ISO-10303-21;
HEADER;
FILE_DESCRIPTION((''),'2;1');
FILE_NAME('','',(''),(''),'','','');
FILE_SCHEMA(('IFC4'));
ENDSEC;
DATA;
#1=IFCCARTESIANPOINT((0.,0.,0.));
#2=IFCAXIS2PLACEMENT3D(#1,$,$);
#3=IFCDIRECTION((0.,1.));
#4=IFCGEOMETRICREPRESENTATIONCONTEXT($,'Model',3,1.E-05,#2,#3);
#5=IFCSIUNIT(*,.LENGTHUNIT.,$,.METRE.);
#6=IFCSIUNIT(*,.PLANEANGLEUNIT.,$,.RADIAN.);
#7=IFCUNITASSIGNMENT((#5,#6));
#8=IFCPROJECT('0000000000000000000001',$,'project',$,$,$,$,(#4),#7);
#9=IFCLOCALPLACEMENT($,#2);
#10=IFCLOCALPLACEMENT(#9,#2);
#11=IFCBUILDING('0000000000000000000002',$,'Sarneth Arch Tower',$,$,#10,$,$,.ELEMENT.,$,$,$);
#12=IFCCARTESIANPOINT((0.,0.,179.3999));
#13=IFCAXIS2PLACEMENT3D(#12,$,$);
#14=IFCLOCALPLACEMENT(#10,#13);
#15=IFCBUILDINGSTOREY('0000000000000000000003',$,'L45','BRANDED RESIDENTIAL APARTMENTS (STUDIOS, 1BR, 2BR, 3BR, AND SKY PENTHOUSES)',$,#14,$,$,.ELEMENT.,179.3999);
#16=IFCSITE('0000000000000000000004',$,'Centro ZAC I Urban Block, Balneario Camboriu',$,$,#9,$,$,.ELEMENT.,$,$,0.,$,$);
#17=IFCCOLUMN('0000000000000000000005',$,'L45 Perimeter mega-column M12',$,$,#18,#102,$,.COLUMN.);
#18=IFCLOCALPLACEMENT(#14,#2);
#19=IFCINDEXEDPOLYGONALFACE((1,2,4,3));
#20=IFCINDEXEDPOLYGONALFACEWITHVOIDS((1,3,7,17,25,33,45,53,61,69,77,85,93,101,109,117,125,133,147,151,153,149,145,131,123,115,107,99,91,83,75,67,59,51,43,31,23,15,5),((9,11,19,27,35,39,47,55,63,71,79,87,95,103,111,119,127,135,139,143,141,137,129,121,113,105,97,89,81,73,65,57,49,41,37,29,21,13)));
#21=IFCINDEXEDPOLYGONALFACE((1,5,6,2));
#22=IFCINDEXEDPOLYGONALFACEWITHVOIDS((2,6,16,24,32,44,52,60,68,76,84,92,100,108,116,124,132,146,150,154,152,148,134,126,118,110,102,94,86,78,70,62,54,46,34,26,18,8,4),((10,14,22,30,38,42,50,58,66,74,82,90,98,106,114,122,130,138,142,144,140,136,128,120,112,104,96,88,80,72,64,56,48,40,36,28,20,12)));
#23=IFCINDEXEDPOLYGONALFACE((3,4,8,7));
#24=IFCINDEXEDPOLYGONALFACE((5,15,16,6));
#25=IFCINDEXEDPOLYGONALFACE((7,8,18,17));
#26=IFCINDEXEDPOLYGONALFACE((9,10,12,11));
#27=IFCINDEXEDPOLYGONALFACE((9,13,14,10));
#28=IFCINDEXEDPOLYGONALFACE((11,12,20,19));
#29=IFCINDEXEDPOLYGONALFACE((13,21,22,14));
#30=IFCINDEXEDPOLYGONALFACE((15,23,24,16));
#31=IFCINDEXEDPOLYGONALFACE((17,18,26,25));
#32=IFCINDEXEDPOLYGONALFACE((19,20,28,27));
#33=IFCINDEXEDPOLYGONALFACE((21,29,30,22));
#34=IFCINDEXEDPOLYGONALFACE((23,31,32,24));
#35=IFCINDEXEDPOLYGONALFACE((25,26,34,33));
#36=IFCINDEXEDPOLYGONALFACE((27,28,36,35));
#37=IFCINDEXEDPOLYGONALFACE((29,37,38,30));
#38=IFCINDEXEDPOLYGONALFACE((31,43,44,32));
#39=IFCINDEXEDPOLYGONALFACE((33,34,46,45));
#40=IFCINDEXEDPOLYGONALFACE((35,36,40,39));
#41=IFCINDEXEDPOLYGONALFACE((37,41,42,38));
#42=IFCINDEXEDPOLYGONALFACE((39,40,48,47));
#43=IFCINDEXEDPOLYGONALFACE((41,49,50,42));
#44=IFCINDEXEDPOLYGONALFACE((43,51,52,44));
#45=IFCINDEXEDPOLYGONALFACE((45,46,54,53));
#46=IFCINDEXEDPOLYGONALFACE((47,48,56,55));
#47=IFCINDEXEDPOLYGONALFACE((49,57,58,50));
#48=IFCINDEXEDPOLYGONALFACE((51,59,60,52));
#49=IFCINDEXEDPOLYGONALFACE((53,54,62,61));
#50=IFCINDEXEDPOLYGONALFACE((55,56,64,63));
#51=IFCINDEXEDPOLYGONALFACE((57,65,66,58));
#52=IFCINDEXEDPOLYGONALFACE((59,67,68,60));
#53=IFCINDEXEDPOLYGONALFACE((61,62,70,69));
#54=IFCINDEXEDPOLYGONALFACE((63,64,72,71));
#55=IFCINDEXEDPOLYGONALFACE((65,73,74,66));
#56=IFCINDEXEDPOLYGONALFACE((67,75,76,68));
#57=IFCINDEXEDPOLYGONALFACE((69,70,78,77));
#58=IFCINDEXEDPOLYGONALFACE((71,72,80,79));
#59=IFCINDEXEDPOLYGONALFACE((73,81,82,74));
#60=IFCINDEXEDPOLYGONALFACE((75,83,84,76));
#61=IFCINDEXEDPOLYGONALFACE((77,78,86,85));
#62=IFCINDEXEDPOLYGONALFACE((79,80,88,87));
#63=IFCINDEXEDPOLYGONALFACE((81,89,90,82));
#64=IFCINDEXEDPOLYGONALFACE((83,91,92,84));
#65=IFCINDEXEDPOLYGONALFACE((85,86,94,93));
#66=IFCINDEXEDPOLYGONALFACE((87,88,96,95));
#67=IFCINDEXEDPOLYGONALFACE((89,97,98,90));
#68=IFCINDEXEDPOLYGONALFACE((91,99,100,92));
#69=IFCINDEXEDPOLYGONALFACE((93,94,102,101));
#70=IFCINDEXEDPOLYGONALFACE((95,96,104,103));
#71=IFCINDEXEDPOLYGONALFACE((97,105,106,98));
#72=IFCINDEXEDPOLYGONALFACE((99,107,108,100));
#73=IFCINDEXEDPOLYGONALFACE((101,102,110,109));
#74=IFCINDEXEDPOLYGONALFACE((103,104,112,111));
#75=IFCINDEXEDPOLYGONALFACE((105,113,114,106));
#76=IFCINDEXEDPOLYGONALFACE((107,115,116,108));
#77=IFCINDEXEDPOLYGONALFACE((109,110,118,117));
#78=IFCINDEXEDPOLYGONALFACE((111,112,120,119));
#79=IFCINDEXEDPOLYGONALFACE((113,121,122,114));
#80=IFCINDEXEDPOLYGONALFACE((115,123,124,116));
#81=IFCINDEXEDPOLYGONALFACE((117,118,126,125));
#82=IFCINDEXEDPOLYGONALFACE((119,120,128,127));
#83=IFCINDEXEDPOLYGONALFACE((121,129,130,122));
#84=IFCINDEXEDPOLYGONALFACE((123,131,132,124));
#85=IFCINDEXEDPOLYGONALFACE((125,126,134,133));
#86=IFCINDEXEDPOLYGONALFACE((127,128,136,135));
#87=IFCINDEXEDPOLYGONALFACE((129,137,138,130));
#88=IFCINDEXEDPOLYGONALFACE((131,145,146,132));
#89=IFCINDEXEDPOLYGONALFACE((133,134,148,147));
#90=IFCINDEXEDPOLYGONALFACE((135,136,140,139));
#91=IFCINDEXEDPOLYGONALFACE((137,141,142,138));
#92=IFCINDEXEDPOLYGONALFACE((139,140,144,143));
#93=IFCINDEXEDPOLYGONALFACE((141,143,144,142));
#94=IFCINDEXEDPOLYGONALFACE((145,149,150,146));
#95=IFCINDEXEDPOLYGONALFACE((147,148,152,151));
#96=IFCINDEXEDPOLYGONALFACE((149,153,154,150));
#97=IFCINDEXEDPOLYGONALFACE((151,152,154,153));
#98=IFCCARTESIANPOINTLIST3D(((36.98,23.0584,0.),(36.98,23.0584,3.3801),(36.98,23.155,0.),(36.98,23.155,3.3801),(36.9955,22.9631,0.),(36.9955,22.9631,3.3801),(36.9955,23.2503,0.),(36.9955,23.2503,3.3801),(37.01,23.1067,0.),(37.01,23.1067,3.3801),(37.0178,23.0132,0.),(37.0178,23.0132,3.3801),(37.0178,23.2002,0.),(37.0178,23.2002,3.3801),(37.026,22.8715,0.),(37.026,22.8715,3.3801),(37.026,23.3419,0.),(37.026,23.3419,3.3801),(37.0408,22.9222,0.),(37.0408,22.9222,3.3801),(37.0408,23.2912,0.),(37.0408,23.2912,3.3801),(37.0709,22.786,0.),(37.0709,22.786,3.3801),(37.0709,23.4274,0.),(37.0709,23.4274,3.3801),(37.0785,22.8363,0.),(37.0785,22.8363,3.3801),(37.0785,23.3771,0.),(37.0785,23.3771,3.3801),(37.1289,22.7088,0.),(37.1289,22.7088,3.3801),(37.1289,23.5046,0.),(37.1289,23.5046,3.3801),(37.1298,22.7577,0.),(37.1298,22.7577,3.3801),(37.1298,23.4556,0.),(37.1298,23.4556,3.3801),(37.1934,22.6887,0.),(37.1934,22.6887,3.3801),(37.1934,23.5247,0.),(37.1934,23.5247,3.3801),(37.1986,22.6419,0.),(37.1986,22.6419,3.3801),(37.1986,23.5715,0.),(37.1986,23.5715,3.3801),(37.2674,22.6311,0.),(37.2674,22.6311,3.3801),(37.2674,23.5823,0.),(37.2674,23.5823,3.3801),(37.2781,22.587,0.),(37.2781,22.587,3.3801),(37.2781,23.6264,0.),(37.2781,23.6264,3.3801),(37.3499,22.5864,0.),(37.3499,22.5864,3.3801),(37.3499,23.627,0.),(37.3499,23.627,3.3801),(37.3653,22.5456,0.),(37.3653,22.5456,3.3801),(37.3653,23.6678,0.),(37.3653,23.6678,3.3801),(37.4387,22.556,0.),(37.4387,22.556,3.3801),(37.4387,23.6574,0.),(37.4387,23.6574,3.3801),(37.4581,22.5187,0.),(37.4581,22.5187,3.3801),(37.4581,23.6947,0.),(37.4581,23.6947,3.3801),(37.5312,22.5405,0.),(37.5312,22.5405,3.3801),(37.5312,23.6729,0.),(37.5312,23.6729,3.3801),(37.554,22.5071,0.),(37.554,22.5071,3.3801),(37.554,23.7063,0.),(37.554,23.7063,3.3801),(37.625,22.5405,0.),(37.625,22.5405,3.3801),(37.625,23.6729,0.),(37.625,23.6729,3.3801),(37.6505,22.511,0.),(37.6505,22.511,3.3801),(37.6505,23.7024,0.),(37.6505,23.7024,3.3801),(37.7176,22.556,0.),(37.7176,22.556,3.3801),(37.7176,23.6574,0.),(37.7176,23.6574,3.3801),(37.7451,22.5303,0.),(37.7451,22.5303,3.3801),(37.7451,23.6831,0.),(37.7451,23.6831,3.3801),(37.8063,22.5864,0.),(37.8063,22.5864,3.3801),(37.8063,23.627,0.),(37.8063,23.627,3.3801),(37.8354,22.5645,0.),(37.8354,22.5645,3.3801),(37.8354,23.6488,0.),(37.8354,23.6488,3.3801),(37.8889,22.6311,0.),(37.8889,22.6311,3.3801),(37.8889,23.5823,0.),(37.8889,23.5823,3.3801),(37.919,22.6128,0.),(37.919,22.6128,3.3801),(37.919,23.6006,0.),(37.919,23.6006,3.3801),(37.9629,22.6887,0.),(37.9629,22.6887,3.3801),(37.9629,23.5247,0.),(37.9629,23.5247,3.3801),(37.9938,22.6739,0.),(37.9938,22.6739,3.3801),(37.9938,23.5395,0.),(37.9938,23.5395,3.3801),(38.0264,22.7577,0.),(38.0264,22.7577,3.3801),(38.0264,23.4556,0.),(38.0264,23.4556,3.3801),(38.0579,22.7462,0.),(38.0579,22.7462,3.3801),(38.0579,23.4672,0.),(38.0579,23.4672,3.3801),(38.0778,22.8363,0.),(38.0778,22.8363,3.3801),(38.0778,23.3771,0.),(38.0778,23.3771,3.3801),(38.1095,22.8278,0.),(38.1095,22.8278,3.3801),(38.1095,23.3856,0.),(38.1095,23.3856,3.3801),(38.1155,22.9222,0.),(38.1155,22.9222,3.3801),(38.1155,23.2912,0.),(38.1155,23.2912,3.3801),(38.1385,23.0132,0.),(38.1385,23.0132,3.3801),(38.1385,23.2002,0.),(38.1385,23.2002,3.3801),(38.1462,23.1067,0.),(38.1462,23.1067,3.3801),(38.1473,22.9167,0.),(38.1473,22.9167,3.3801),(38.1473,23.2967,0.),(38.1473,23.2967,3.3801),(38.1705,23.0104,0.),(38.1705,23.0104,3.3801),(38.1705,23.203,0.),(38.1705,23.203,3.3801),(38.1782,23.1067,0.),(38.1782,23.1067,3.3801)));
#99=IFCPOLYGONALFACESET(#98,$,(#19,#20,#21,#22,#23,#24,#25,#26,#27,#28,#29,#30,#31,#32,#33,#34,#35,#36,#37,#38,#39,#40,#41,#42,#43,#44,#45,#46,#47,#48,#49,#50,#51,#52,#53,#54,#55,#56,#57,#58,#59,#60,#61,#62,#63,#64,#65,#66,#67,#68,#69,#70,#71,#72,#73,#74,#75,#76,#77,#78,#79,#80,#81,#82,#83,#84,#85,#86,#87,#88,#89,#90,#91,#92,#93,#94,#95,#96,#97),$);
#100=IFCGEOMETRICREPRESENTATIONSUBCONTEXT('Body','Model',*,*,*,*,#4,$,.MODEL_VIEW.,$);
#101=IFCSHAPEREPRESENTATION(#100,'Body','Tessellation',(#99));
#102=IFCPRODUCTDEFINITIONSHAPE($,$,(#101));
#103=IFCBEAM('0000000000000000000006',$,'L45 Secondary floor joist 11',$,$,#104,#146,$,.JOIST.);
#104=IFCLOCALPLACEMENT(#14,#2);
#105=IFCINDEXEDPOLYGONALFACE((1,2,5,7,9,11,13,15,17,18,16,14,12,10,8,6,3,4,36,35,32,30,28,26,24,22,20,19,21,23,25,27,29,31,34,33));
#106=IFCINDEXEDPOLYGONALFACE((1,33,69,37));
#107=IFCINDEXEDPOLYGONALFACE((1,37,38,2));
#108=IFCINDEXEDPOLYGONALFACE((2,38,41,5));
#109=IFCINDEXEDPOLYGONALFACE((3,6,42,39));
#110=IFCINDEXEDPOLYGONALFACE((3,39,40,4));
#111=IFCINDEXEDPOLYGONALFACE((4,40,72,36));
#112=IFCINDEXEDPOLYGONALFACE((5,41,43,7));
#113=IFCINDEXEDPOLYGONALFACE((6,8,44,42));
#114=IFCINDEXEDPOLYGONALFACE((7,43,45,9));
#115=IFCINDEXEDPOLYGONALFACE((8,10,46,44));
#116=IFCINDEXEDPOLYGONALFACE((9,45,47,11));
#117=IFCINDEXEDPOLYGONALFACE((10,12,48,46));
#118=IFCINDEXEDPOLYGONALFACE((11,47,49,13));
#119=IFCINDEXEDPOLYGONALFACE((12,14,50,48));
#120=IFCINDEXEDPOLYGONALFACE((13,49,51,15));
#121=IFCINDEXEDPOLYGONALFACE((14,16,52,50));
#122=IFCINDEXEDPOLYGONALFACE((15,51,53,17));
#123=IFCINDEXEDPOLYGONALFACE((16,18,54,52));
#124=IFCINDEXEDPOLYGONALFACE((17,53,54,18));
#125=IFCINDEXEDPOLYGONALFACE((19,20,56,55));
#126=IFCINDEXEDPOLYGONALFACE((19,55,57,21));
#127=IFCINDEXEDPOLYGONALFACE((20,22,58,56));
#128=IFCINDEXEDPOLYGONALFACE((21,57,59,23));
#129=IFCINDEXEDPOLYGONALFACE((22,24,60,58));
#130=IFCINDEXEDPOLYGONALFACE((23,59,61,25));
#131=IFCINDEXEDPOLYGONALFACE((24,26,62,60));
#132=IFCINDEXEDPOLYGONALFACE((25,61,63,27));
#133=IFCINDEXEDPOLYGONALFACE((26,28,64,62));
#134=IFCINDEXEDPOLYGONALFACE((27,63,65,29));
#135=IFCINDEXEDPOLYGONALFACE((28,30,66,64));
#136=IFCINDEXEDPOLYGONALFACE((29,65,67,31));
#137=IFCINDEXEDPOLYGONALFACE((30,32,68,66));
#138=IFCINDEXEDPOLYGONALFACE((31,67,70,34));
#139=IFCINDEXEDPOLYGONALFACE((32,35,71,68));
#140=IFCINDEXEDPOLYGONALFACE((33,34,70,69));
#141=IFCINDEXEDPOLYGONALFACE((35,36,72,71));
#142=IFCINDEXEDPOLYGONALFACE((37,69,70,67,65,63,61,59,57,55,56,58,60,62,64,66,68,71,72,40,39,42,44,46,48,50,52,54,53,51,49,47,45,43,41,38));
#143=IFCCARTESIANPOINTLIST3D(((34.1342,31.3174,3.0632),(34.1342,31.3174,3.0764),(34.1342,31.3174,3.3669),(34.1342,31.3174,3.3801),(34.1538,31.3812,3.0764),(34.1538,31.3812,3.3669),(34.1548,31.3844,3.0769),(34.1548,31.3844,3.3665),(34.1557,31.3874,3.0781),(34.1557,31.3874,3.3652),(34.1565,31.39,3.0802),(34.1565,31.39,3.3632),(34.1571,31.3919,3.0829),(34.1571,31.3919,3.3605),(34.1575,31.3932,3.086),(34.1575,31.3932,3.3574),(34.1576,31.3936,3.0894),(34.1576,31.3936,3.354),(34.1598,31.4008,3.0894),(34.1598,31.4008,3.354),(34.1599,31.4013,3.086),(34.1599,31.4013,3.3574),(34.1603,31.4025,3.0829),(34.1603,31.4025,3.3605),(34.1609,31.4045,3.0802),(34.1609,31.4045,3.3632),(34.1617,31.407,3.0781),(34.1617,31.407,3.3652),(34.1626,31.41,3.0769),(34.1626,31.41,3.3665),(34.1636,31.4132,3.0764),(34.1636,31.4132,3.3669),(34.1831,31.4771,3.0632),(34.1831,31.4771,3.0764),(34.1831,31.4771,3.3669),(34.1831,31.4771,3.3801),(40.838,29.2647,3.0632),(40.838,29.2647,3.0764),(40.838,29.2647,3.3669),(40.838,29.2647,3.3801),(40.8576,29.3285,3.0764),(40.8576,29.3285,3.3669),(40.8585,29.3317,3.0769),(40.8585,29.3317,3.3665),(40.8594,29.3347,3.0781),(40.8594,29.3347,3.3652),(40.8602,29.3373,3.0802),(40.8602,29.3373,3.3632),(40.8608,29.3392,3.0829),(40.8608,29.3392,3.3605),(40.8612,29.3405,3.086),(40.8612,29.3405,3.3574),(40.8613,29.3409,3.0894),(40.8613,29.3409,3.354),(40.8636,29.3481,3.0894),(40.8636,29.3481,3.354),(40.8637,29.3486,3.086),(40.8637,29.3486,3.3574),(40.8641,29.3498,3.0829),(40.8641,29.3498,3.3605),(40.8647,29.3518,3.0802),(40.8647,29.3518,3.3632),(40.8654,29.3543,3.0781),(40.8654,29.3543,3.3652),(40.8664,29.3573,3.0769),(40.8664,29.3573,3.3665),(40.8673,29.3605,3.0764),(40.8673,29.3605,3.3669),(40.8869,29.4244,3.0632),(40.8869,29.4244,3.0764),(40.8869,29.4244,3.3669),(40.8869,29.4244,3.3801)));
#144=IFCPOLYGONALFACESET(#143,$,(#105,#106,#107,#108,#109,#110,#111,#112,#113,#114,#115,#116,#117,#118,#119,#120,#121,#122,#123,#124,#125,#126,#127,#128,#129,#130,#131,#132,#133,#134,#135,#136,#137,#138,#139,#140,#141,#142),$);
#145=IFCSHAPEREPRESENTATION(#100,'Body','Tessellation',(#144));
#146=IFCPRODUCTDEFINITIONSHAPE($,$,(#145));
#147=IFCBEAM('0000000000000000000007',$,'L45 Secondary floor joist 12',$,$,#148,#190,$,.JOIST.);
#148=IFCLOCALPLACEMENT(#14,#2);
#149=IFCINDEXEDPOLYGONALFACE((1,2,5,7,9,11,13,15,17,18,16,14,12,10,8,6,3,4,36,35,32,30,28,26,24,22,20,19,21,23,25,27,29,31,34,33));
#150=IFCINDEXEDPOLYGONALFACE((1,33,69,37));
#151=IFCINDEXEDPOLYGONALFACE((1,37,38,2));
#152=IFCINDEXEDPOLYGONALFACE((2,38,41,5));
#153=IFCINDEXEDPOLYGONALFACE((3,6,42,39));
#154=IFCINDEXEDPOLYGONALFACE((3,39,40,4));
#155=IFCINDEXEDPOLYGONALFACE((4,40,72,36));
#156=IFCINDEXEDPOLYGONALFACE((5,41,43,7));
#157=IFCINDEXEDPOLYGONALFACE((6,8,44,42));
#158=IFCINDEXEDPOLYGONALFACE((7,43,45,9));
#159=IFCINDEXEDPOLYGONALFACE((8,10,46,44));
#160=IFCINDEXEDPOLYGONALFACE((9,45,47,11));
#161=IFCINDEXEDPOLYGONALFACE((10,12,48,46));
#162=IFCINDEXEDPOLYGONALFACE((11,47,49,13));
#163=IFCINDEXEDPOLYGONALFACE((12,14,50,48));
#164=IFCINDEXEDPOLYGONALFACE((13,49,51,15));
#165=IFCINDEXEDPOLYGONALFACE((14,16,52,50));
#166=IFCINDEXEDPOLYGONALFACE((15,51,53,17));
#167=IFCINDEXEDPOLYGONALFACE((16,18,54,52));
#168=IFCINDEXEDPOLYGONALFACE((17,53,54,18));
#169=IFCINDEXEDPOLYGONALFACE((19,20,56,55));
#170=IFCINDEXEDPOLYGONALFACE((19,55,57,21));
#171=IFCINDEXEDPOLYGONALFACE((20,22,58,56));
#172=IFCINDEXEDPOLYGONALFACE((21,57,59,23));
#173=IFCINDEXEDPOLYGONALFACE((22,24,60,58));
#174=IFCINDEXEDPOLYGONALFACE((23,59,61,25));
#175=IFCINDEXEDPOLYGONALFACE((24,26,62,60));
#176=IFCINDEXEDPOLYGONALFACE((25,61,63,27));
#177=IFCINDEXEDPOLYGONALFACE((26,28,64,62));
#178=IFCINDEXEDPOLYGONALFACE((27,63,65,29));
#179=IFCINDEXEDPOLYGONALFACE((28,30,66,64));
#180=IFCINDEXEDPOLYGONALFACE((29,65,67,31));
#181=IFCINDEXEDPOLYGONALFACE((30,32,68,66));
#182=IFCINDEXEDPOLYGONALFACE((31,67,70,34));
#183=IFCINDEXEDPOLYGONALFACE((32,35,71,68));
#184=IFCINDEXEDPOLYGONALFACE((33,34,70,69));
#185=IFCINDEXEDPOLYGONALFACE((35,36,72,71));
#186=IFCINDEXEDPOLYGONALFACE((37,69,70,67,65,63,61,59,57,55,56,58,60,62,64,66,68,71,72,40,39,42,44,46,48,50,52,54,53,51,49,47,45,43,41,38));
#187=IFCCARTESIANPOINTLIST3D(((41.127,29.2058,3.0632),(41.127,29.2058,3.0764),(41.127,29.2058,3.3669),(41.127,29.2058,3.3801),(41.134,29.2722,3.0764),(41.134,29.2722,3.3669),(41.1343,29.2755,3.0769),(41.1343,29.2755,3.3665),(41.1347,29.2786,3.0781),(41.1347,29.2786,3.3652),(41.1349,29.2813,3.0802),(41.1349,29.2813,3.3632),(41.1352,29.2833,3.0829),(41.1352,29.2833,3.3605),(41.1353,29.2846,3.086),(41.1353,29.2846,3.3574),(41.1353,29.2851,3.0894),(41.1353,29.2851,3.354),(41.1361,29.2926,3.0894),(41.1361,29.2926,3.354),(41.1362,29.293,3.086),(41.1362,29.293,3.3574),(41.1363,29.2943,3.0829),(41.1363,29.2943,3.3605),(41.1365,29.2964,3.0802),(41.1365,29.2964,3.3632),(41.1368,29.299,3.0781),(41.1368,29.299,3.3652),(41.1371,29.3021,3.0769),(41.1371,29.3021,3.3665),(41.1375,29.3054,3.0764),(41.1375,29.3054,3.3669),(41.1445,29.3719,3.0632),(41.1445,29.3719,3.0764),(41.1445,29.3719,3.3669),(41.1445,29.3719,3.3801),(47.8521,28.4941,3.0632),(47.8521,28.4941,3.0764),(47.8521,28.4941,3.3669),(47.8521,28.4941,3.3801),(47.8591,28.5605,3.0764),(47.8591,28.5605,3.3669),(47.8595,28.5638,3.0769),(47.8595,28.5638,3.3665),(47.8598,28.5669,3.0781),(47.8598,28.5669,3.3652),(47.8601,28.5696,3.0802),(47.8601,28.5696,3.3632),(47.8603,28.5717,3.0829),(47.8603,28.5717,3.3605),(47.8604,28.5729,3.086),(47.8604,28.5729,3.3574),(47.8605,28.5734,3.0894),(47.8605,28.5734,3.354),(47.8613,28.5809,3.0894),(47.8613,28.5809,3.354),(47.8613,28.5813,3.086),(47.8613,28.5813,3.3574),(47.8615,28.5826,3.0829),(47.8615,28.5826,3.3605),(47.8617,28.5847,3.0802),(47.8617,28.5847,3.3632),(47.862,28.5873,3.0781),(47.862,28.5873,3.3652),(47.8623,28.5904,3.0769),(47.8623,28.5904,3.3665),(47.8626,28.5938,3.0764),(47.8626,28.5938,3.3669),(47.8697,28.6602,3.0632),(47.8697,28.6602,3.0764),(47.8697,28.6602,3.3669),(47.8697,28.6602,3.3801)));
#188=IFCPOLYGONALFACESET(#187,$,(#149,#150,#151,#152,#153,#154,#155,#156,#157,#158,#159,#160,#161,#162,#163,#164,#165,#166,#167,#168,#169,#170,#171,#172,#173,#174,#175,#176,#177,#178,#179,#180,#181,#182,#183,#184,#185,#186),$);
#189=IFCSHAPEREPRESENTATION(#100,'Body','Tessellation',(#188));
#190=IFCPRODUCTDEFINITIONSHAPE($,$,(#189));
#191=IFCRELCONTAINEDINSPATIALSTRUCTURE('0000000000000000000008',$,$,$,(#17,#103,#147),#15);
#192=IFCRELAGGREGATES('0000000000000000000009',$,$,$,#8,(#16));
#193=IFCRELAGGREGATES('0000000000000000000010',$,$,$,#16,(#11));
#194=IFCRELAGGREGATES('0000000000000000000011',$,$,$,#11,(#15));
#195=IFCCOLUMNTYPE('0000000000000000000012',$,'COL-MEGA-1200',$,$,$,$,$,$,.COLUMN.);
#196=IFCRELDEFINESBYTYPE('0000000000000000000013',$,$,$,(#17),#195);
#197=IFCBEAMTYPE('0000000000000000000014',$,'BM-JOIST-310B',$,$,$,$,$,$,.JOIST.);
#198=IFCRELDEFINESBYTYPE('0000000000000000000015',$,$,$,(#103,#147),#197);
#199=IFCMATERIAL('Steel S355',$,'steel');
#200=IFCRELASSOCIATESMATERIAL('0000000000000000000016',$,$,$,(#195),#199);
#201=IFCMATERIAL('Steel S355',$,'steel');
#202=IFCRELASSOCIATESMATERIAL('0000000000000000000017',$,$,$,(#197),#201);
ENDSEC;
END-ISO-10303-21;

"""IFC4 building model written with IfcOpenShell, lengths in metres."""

from ifc_helpers import new_model, si_unit, direction, frame, origin, origin_2d, place, context, subcontext, project, spatial, hollow_circle, i_section, extrude, material, material_profile, profile_set, type_object, element, save


model = new_model("IFC4")

# Units and contexts
model_context = context("Model", 3, precision=1e-05, world=origin(), true_north=direction((0.0, 1.0)))
body_context = subcontext(model_context, "Body", "Model", "MODEL_VIEW")
ifc_project = project(units=[si_unit("LENGTHUNIT", "METRE"), si_unit("PLANEANGLEUNIT", "RADIAN")], contexts=[model_context])

# Site, building, storey
site_placement = place(None, origin())
site = spatial("IfcSite", under=ifc_project, at=site_placement, Name="Centro ZAC I Urban Block, Balneario Camboriu", CompositionType="ELEMENT", RefElevation=0.0)
building_placement = place(site_placement, origin())
building = spatial("IfcBuilding", under=site, at=building_placement, Name="Sarneth Arch Tower", CompositionType="ELEMENT")
storey_placement = place(building_placement, frame((0.0, 0.0, 179.3999)))
storey = spatial("IfcBuildingStorey", under=building, at=storey_placement, Name="L45", Description="BRANDED RESIDENTIAL APARTMENTS (STUDIOS, 1BR, 2BR, 3BR, AND SKY PENTHOUSES)", CompositionType="ELEMENT", Elevation=179.3999)

# Column
ifc_material_1 = material(Name="Steel S355", Category="steel")
ifc_material_profile_1 = material_profile(ifc_material_1, hollow_circle(Radius=0.6001, WallThickness=0.032, at=origin_2d()), Name="CHS1200x32")
ifc_profile_set_1 = profile_set([ifc_material_profile_1], Name="Steel S355")
column_type = type_object("IfcColumnType", Name="COL-MEGA-1200", PredefinedType="COLUMN", material=ifc_profile_set_1)
column_placement = place(storey_placement, frame((37.5781, 23.1067, 0.0), z_axis=(0.0, 0.0, 1.0), x_axis=(1.0, 0.0, 0.0)))
element("IfcColumn", 1, at=column_placement, inside=storey, type_object=column_type, Name="L45 Perimeter mega-column M12", PredefinedType="COLUMN", context=body_context, shape_type="SweptSolid", body=[
    extrude(hollow_circle(Radius=0.6001, WallThickness=0.032, at=origin_2d()), origin(), (0.0, 0.0, 1.0), 3.3801),
])

# Beams
ifc_material_2 = material(Name="Steel S355", Category="steel")
ifc_material_profile_2 = material_profile(ifc_material_2, i_section(OverallWidth=0.167, OverallDepth=0.3169, WebThickness=0.0076, FlangeThickness=0.0132, FilletRadius=0.0129, at=origin_2d()), Name="W310x52")
ifc_profile_set_2 = profile_set([ifc_material_profile_2], Name="Steel S355")
beam_type_1 = type_object("IfcBeamType", Name="BM-JOIST-310B", PredefinedType="JOIST", material=ifc_profile_set_2)
beam_1_placement = place(storey_placement, frame((34.1587, 31.3972, 3.2217), z_axis=(0.956179, -0.292784, 0.0), x_axis=(0.292784, 0.956179, 0.0)))
element("IfcBeam", 2, at=beam_1_placement, inside=storey, type_object=beam_type_1, Name="L45 Secondary floor joist 11", PredefinedType="JOIST", context=body_context, shape_type="SweptSolid", body=[
    extrude(i_section(OverallWidth=0.167, OverallDepth=0.3169, WebThickness=0.0076, FlangeThickness=0.0132, FilletRadius=0.0129, at=origin_2d()), origin(), (0.0, 0.0, 1.0), 7.011),
])
beam_2_placement = place(storey_placement, frame((41.1357, 29.2888, 3.2217), z_axis=(0.994447, -0.105235, 0.0), x_axis=(0.105235, 0.994447, 0.0)))
element("IfcBeam", 3, at=beam_2_placement, inside=storey, type_object=beam_type_1, Name="L45 Secondary floor joist 12", PredefinedType="JOIST", context=body_context, shape_type="SweptSolid", body=[
    extrude(i_section(OverallWidth=0.167, OverallDepth=0.3169, WebThickness=0.0076, FlangeThickness=0.0132, FilletRadius=0.0129, at=origin_2d()), origin(), (0.0, 0.0, 1.0), 6.7627),
])

save(model, "model.ifc")
